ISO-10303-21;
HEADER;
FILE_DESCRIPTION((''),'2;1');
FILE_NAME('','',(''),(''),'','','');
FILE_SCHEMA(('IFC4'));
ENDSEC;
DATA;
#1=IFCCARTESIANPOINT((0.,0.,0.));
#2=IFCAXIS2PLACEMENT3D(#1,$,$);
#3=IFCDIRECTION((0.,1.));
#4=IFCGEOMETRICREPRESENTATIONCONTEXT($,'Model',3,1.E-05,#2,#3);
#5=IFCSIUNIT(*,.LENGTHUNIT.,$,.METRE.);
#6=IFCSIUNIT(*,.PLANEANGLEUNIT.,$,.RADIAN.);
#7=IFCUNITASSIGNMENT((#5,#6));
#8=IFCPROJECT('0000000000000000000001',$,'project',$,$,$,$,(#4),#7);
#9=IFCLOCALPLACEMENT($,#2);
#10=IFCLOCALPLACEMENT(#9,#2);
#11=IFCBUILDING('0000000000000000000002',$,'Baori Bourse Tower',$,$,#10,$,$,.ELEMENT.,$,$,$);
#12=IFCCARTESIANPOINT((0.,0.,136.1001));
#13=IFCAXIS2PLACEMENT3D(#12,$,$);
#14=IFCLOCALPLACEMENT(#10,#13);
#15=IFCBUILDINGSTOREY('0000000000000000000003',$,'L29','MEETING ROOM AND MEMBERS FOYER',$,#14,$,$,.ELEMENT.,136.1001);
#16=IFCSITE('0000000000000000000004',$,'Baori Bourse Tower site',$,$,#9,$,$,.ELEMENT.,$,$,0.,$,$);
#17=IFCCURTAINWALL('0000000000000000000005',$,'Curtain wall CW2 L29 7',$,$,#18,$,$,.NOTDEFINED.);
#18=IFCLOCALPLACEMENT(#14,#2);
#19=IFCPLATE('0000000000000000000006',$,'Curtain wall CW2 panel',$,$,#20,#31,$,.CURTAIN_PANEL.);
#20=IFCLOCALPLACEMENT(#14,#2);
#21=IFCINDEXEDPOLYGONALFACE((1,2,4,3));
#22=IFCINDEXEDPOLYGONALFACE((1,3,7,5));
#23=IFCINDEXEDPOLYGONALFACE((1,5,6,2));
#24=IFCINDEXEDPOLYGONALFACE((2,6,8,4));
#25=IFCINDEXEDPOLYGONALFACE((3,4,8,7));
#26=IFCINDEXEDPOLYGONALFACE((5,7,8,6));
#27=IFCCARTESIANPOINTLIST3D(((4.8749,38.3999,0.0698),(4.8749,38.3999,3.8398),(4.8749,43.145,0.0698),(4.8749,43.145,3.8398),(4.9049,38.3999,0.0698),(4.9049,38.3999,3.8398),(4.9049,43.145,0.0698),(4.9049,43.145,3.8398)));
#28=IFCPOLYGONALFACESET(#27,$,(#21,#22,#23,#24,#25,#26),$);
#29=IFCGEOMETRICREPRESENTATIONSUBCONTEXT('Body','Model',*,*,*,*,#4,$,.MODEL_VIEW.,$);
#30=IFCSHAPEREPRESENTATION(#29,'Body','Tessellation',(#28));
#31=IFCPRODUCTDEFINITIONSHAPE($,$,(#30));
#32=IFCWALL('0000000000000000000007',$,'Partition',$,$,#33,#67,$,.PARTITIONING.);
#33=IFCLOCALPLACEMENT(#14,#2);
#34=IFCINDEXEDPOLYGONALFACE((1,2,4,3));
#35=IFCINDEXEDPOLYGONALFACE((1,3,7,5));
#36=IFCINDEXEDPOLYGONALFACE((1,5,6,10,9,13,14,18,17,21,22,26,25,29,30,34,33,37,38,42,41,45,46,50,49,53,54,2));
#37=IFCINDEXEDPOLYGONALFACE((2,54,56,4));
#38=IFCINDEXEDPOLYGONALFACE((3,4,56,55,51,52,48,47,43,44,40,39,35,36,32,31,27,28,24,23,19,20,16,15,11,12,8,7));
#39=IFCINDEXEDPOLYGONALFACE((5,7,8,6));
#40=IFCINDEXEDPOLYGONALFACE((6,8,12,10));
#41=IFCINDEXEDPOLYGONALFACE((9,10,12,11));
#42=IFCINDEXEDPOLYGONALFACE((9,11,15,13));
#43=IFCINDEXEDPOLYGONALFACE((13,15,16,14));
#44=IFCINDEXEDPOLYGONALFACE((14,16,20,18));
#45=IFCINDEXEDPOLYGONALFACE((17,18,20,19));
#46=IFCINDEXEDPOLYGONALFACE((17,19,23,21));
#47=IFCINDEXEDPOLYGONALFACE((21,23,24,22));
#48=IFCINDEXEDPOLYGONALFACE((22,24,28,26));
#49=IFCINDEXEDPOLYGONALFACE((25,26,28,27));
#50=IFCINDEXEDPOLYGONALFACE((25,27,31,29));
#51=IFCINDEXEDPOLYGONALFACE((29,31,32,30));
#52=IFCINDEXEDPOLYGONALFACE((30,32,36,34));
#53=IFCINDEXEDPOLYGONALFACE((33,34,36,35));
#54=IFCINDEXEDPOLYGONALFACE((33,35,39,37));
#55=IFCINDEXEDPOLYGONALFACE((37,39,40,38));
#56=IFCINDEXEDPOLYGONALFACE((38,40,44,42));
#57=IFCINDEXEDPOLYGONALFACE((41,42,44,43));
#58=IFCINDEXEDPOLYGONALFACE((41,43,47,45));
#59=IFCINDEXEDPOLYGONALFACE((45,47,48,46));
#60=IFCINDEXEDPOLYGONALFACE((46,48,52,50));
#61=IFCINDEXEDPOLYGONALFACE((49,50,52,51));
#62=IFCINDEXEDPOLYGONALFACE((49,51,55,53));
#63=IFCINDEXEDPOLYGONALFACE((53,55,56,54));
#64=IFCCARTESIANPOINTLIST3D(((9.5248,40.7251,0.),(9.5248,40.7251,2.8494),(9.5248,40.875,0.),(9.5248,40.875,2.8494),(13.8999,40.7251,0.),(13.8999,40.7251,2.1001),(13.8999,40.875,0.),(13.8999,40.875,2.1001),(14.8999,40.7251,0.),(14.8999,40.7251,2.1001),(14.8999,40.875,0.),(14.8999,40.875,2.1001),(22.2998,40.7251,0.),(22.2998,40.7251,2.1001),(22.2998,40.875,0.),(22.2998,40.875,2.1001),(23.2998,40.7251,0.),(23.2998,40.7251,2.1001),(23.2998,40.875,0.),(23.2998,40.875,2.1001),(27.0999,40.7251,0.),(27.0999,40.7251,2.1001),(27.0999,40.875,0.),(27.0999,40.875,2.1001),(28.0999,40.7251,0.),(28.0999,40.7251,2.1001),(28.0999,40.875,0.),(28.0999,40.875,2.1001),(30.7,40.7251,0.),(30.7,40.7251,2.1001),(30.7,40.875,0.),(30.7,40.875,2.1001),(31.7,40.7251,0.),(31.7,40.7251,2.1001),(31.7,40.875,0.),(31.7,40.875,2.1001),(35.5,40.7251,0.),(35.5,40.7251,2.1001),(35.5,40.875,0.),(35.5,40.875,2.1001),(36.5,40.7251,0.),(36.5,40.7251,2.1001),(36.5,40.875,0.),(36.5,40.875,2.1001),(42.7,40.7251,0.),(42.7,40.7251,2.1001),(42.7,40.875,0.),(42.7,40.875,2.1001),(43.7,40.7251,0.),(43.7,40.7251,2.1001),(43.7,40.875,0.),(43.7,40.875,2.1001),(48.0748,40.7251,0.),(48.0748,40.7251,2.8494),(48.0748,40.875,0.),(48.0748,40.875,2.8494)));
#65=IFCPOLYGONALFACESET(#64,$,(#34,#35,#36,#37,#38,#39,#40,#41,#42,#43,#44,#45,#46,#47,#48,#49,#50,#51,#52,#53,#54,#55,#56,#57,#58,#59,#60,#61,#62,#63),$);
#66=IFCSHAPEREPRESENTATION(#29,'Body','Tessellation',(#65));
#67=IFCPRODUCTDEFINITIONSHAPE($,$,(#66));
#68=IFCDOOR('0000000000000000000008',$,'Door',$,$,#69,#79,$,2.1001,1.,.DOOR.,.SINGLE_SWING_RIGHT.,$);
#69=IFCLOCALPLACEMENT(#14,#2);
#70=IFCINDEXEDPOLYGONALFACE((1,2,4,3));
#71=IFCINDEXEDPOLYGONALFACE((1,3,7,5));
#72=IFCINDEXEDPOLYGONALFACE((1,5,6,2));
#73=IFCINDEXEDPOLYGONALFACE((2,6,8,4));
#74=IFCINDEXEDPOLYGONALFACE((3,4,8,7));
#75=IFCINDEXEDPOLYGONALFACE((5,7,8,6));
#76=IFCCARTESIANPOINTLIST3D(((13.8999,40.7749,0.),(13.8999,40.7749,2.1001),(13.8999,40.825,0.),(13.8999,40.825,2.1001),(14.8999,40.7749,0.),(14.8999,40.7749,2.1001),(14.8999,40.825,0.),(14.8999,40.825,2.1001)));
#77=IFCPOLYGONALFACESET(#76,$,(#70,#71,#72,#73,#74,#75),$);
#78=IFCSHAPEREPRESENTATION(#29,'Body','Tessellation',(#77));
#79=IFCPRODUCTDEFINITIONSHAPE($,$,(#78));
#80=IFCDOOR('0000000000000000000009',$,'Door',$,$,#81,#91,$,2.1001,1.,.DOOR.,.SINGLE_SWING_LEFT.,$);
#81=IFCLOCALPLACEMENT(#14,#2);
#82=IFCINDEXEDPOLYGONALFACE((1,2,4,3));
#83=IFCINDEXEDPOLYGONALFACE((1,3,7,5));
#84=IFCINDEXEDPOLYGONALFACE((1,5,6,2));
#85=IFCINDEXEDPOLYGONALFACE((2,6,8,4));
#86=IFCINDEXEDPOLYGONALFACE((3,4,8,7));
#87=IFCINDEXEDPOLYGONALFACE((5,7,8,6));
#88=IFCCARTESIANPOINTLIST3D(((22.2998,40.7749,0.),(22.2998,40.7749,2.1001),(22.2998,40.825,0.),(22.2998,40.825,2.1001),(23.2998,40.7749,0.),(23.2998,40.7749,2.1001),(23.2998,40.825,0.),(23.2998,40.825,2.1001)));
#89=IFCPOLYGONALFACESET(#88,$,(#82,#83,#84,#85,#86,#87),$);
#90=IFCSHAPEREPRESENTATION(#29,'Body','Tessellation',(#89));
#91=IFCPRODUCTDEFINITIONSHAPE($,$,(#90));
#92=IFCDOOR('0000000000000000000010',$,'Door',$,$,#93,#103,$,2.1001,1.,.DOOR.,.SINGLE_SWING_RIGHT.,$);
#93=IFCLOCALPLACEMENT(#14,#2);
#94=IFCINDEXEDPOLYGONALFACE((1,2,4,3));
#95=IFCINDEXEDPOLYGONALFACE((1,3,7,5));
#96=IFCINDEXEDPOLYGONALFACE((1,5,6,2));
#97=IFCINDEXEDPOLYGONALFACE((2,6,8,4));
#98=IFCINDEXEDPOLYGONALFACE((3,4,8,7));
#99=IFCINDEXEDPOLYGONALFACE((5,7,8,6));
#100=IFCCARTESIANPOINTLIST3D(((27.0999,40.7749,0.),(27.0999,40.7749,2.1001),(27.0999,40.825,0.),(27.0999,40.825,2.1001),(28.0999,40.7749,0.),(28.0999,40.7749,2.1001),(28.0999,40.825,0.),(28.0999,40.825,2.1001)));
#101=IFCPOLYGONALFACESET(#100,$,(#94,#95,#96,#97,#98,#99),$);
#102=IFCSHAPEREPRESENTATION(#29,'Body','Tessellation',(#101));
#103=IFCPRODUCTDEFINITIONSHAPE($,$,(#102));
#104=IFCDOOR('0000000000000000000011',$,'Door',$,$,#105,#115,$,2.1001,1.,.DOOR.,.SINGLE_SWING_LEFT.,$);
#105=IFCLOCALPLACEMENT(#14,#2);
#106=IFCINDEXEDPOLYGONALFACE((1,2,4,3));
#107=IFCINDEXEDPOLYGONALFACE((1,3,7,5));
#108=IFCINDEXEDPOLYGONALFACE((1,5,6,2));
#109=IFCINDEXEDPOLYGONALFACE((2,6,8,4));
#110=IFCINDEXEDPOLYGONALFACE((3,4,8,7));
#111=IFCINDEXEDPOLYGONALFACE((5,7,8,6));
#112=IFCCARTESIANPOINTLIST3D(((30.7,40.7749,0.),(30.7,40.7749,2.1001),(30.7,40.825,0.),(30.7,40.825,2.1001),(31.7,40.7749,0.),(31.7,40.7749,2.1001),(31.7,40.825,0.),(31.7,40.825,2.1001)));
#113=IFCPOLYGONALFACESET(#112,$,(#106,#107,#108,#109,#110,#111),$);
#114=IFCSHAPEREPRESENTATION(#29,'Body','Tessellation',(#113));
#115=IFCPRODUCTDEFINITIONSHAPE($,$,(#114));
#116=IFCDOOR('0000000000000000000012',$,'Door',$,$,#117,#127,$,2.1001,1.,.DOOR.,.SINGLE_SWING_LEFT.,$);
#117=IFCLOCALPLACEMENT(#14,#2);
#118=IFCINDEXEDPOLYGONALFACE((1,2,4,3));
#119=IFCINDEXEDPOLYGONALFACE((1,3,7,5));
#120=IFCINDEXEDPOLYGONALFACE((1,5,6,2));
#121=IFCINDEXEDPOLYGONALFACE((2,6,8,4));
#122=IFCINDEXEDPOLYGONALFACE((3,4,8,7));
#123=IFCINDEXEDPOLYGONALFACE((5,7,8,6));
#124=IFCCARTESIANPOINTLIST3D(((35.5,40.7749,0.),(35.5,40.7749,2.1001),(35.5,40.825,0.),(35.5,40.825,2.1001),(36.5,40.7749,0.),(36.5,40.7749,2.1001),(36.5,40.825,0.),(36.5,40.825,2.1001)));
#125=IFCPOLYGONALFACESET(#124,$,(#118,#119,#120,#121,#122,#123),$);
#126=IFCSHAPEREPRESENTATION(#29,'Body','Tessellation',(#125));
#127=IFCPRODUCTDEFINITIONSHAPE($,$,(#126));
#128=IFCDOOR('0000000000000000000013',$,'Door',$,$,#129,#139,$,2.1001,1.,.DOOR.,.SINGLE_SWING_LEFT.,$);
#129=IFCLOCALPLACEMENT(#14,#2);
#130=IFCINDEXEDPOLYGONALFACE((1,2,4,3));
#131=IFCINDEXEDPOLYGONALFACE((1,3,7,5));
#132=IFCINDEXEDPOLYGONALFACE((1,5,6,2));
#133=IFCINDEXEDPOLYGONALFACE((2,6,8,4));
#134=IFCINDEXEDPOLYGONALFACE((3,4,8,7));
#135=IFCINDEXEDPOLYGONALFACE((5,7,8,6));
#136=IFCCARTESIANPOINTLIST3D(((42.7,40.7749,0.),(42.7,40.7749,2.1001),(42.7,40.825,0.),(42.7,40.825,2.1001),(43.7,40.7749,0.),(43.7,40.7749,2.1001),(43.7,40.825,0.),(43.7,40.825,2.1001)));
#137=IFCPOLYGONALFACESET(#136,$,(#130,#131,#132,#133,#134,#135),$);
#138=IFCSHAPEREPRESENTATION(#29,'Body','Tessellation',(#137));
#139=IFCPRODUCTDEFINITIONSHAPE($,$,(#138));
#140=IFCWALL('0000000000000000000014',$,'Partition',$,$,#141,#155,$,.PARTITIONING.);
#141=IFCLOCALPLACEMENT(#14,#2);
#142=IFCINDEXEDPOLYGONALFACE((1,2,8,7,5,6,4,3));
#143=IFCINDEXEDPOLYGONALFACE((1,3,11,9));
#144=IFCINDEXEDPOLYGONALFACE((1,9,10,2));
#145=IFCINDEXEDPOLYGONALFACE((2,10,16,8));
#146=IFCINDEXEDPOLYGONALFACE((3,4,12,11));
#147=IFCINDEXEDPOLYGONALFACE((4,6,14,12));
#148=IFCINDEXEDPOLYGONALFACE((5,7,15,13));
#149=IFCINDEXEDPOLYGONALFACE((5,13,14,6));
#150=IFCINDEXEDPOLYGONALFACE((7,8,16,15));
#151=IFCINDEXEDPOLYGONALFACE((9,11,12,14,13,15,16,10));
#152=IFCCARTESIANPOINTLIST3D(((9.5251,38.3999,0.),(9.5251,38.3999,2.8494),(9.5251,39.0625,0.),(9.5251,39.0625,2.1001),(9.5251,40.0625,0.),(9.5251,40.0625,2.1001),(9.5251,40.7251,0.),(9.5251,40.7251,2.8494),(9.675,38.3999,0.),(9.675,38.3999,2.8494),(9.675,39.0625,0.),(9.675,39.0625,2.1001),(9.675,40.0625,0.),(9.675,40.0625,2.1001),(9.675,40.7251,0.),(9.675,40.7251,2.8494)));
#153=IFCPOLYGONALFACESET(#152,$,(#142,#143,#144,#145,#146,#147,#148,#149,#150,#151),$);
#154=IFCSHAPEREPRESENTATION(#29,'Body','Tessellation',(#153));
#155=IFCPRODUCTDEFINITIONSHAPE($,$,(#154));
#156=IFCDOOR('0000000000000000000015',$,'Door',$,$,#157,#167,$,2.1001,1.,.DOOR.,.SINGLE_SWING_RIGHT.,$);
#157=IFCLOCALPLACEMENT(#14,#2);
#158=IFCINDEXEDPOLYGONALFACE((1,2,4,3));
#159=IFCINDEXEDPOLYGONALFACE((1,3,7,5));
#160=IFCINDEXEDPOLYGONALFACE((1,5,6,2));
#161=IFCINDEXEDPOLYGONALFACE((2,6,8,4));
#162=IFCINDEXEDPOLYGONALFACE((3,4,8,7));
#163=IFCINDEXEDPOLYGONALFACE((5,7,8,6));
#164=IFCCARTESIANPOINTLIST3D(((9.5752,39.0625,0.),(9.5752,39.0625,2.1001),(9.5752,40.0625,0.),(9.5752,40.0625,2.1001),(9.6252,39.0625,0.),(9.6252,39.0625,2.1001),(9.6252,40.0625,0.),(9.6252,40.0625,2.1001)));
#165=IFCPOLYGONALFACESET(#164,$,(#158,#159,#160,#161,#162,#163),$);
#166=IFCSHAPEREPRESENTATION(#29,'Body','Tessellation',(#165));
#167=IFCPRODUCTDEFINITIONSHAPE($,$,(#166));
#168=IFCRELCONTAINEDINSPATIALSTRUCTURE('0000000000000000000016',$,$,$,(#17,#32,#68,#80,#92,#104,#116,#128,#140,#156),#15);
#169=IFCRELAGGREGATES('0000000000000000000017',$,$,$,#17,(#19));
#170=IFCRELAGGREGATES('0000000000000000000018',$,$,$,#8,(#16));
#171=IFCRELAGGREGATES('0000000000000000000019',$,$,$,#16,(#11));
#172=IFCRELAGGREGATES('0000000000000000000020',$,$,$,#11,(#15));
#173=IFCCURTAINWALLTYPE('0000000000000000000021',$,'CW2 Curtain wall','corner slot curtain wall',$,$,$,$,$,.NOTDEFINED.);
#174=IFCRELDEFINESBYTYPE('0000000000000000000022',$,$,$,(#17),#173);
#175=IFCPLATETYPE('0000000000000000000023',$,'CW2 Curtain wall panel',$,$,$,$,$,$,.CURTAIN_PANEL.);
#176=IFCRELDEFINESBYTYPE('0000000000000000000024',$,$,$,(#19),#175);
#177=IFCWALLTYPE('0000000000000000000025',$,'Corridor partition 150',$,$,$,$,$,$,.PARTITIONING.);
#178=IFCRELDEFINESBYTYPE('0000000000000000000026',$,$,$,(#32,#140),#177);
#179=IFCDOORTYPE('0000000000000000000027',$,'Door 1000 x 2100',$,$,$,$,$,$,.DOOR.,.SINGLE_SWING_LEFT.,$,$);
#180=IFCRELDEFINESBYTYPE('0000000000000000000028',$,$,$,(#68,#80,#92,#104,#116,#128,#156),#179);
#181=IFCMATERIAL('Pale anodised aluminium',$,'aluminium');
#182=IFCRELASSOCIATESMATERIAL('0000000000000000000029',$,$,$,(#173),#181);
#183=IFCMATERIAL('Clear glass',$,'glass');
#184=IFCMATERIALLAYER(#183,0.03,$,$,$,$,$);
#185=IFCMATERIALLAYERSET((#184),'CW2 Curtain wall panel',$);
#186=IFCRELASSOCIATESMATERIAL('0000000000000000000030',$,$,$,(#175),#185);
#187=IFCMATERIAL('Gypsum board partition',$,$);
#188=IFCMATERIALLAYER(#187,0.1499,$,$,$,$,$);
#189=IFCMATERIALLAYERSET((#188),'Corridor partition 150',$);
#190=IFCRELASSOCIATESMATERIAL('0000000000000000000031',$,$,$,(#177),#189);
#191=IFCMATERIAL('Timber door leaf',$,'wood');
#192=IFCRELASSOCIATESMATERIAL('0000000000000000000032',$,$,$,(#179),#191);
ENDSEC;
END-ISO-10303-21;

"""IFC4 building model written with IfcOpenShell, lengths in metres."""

from ifc_helpers import new_model, si_unit, direction, frame, frame_2d, origin, origin_2d, place, context, subcontext, project, spatial, rectangle, extrude, material, layer, layer_set, type_object, element, fill, aggregate, save


model = new_model("IFC4")

# Units and contexts
model_context = context("Model", 3, precision=1e-05, world=origin(), true_north=direction((0.0, 1.0)))
body_context = subcontext(model_context, "Body", "Model", "MODEL_VIEW")
ifc_project = project(units=[si_unit("LENGTHUNIT", "METRE"), si_unit("PLANEANGLEUNIT", "RADIAN")], contexts=[model_context])

# Site, building, storey
site_placement = place(None, origin())
site = spatial("IfcSite", under=ifc_project, at=site_placement, Name="Baori Bourse Tower site", CompositionType="ELEMENT", RefElevation=0.0)
building_placement = place(site_placement, origin())
building = spatial("IfcBuilding", under=site, at=building_placement, Name="Baori Bourse Tower", CompositionType="ELEMENT")
storey_placement = place(building_placement, frame((0.0, 0.0, 136.1001)))
storey = spatial("IfcBuildingStorey", under=building, at=storey_placement, Name="L29", Description="MEETING ROOM AND MEMBERS FOYER", CompositionType="ELEMENT", Elevation=136.1001)

# Curtain wall
ifc_material_1 = material(Name="Pale anodised aluminium", Category="aluminium")
curtain_wall_type = type_object("IfcCurtainWallType", Name="CW2 Curtain wall", Description="corner slot curtain wall", PredefinedType="NOTDEFINED", material=ifc_material_1)
curtain_wall_1_placement = place(storey_placement, origin())
curtain_wall_1 = element("IfcCurtainWall", 1, at=curtain_wall_1_placement, inside=storey, type_object=curtain_wall_type, Name="Curtain wall CW2 L29 7", PredefinedType="NOTDEFINED")

# Plate
ifc_material_2 = material(Name="Clear glass", Category="glass")
ifc_layer_1 = layer(ifc_material_2, 0.03)
ifc_layer_set_1 = layer_set([ifc_layer_1], Name="CW2 Curtain wall panel")
plate_type = type_object("IfcPlateType", Name="CW2 Curtain wall panel", PredefinedType="CURTAIN_PANEL", material=ifc_layer_set_1)
plate_1_placement = place(storey_placement, frame((4.8899, 40.7725, 0.0698), z_axis=(0.0, 0.0, 1.0), x_axis=(0.0, -1.0, 0.0)))
plate_1 = element("IfcPlate", 2, at=plate_1_placement, type_object=plate_type, Name="Curtain wall CW2 panel", PredefinedType="CURTAIN_PANEL", context=body_context, shape_type="SweptSolid", body=[
    extrude(rectangle(XDim=4.7451, YDim=0.03, at=origin_2d()), origin(), (0.0, 0.0, 1.0), 3.77),
])
aggregate(curtain_wall_1, [plate_1])

# Wall, openings, doors
ifc_material_3 = material(Name="Gypsum board partition")
ifc_layer_2 = layer(ifc_material_3, 0.1499)
ifc_layer_set_2 = layer_set([ifc_layer_2], Name="Corridor partition 150")
wall_type_1 = type_object("IfcWallType", Name="Corridor partition 150", PredefinedType="PARTITIONING", material=ifc_layer_set_2)
wall_1_placement = place(storey_placement, frame((9.5249, 40.8, 0.0), z_axis=(0.0, 0.0, 1.0), x_axis=(1.0, 0.0, 0.0)))
wall_1 = element("IfcWall", 3, at=wall_1_placement, inside=storey, type_object=wall_type_1, Name="Partition", PredefinedType="PARTITIONING", context=body_context, shape_type="SweptSolid", body=[
    extrude(rectangle(XDim=38.55, YDim=0.1499, at=frame_2d((19.2749, 0.0))), origin(), (0.0, 0.0, 1.0), 2.8494),
])
opening_1_placement = place(wall_1_placement, frame((4.375, 0.0, 0.0)))
opening_1 = element("IfcOpeningElement", 4, at=opening_1_placement, cuts=wall_1, PredefinedType="OPENING", context=body_context, shape_type="SweptSolid", body=[
    extrude(rectangle(XDim=1.0, YDim=2.1001, at=frame_2d((0.5, 1.05))), frame((0.0, 0.085, 0.0), z_axis=(0.0, -1.0, 0.0), x_axis=(1.0, 0.0, 0.0)), (0.0, 0.0, 1.0), 0.1699),
])
opening_2_placement = place(wall_1_placement, frame((12.7749, 0.0, 0.0)))
opening_2 = element("IfcOpeningElement", 5, at=opening_2_placement, cuts=wall_1, PredefinedType="OPENING", context=body_context, shape_type="SweptSolid", body=[
    extrude(rectangle(XDim=1.0, YDim=2.1001, at=frame_2d((0.5, 1.05))), frame((0.0, 0.085, 0.0), z_axis=(0.0, -1.0, 0.0), x_axis=(1.0, 0.0, 0.0)), (0.0, 0.0, 1.0), 0.1699),
])
opening_3_placement = place(wall_1_placement, frame((17.575, 0.0, 0.0)))
opening_3 = element("IfcOpeningElement", 6, at=opening_3_placement, cuts=wall_1, PredefinedType="OPENING", context=body_context, shape_type="SweptSolid", body=[
    extrude(rectangle(XDim=1.0, YDim=2.1001, at=frame_2d((0.5, 1.05))), frame((0.0, 0.085, 0.0), z_axis=(0.0, -1.0, 0.0), x_axis=(1.0, 0.0, 0.0)), (0.0, 0.0, 1.0), 0.1699),
])
opening_4_placement = place(wall_1_placement, frame((21.175, 0.0, 0.0)))
opening_4 = element("IfcOpeningElement", 7, at=opening_4_placement, cuts=wall_1, PredefinedType="OPENING", context=body_context, shape_type="SweptSolid", body=[
    extrude(rectangle(XDim=1.0, YDim=2.1001, at=frame_2d((0.5, 1.05))), frame((0.0, 0.085, 0.0), z_axis=(0.0, -1.0, 0.0), x_axis=(1.0, 0.0, 0.0)), (0.0, 0.0, 1.0), 0.1699),
])
opening_5_placement = place(wall_1_placement, frame((25.9751, 0.0, 0.0)))
opening_5 = element("IfcOpeningElement", 8, at=opening_5_placement, cuts=wall_1, PredefinedType="OPENING", context=body_context, shape_type="SweptSolid", body=[
    extrude(rectangle(XDim=1.0, YDim=2.1001, at=frame_2d((0.5, 1.05))), frame((0.0, 0.085, 0.0), z_axis=(0.0, -1.0, 0.0), x_axis=(1.0, 0.0, 0.0)), (0.0, 0.0, 1.0), 0.1699),
])
opening_6_placement = place(wall_1_placement, frame((33.175, 0.0, 0.0)))
opening_6 = element("IfcOpeningElement", 9, at=opening_6_placement, cuts=wall_1, PredefinedType="OPENING", context=body_context, shape_type="SweptSolid", body=[
    extrude(rectangle(XDim=1.0, YDim=2.1001, at=frame_2d((0.5, 1.05))), frame((0.0, 0.085, 0.0), z_axis=(0.0, -1.0, 0.0), x_axis=(1.0, 0.0, 0.0)), (0.0, 0.0, 1.0), 0.1699),
])
ifc_material_4 = material(Name="Timber door leaf", Category="wood")
door_type = type_object("IfcDoorType", Name="Door 1000 x 2100", OperationType="SINGLE_SWING_LEFT", PredefinedType="DOOR", material=ifc_material_4)
door_1_placement = place(opening_1_placement, origin())
door_1 = element("IfcDoor", 10, at=door_1_placement, inside=storey, type_object=door_type, Name="Door", OperationType="SINGLE_SWING_RIGHT", OverallHeight=2.1001, OverallWidth=1.0, PredefinedType="DOOR", context=body_context, shape_type="SweptSolid", body=[
    extrude(rectangle(XDim=1.0, YDim=2.1001, at=frame_2d((0.5, 1.05))), frame((0.0, 0.0249, 0.0), z_axis=(0.0, -1.0, 0.0), x_axis=(1.0, 0.0, 0.0)), (0.0, 0.0, 1.0), 0.05),
])
fill(opening_1, door_1)
door_2_placement = place(opening_2_placement, origin())
door_2 = element("IfcDoor", 11, at=door_2_placement, inside=storey, type_object=door_type, Name="Door", OperationType="SINGLE_SWING_LEFT", OverallHeight=2.1001, OverallWidth=1.0, PredefinedType="DOOR", context=body_context, shape_type="SweptSolid", body=[
    extrude(rectangle(XDim=1.0, YDim=2.1001, at=frame_2d((0.5, 1.05))), frame((0.0, 0.0249, 0.0), z_axis=(0.0, -1.0, 0.0), x_axis=(1.0, 0.0, 0.0)), (0.0, 0.0, 1.0), 0.05),
])
fill(opening_2, door_2)
door_3_placement = place(opening_3_placement, origin())
door_3 = element("IfcDoor", 12, at=door_3_placement, inside=storey, type_object=door_type, Name="Door", OperationType="SINGLE_SWING_RIGHT", OverallHeight=2.1001, OverallWidth=1.0, PredefinedType="DOOR", context=body_context, shape_type="SweptSolid", body=[
    extrude(rectangle(XDim=1.0, YDim=2.1001, at=frame_2d((0.5, 1.05))), frame((0.0, 0.0249, 0.0), z_axis=(0.0, -1.0, 0.0), x_axis=(1.0, 0.0, 0.0)), (0.0, 0.0, 1.0), 0.05),
])
fill(opening_3, door_3)
door_4_placement = place(opening_4_placement, origin())
door_4 = element("IfcDoor", 13, at=door_4_placement, inside=storey, type_object=door_type, Name="Door", OperationType="SINGLE_SWING_LEFT", OverallHeight=2.1001, OverallWidth=1.0, PredefinedType="DOOR", context=body_context, shape_type="SweptSolid", body=[
    extrude(rectangle(XDim=1.0, YDim=2.1001, at=frame_2d((0.5, 1.05))), frame((0.0, 0.0249, 0.0), z_axis=(0.0, -1.0, 0.0), x_axis=(1.0, 0.0, 0.0)), (0.0, 0.0, 1.0), 0.05),
])
fill(opening_4, door_4)
door_5_placement = place(opening_5_placement, origin())
door_5 = element("IfcDoor", 14, at=door_5_placement, inside=storey, type_object=door_type, Name="Door", OperationType="SINGLE_SWING_LEFT", OverallHeight=2.1001, OverallWidth=1.0, PredefinedType="DOOR", context=body_context, shape_type="SweptSolid", body=[
    extrude(rectangle(XDim=1.0, YDim=2.1001, at=frame_2d((0.5, 1.05))), frame((0.0, 0.0249, 0.0), z_axis=(0.0, -1.0, 0.0), x_axis=(1.0, 0.0, 0.0)), (0.0, 0.0, 1.0), 0.05),
])
fill(opening_5, door_5)
door_6_placement = place(opening_6_placement, origin())
door_6 = element("IfcDoor", 15, at=door_6_placement, inside=storey, type_object=door_type, Name="Door", OperationType="SINGLE_SWING_LEFT", OverallHeight=2.1001, OverallWidth=1.0, PredefinedType="DOOR", context=body_context, shape_type="SweptSolid", body=[
    extrude(rectangle(XDim=1.0, YDim=2.1001, at=frame_2d((0.5, 1.05))), frame((0.0, 0.0249, 0.0), z_axis=(0.0, -1.0, 0.0), x_axis=(1.0, 0.0, 0.0)), (0.0, 0.0, 1.0), 0.05),
])
fill(opening_6, door_6)

# Wall, opening, door
wall_2_placement = place(storey_placement, frame((9.6001, 38.3999, 0.0), z_axis=(0.0, 0.0, 1.0), x_axis=(0.0, 1.0, 0.0)))
wall_2 = element("IfcWall", 16, at=wall_2_placement, inside=storey, type_object=wall_type_1, Name="Partition", PredefinedType="PARTITIONING", context=body_context, shape_type="SweptSolid", body=[
    extrude(rectangle(XDim=2.3252, YDim=0.1499, at=frame_2d((1.1626, 0.0))), origin(), (0.0, 0.0, 1.0), 2.8494),
])
opening_7_placement = place(wall_2_placement, frame((0.6626, 0.0, 0.0)))
opening_7 = element("IfcOpeningElement", 17, at=opening_7_placement, cuts=wall_2, PredefinedType="OPENING", context=body_context, shape_type="SweptSolid", body=[
    extrude(rectangle(XDim=1.0, YDim=2.1001, at=frame_2d((0.5, 1.05))), frame((0.0, 0.085, 0.0), z_axis=(0.0, -1.0, 0.0), x_axis=(1.0, 0.0, 0.0)), (0.0, 0.0, 1.0), 0.1699),
])
door_7_placement = place(opening_7_placement, origin())
door_7 = element("IfcDoor", 18, at=door_7_placement, inside=storey, type_object=door_type, Name="Door", OperationType="SINGLE_SWING_RIGHT", OverallHeight=2.1001, OverallWidth=1.0, PredefinedType="DOOR", context=body_context, shape_type="SweptSolid", body=[
    extrude(rectangle(XDim=1.0, YDim=2.1001, at=frame_2d((0.5, 1.05))), frame((0.0, 0.0249, 0.0), z_axis=(0.0, -1.0, 0.0), x_axis=(1.0, 0.0, 0.0)), (0.0, 0.0, 1.0), 0.05),
])
fill(opening_7, door_7)

save(model, "model.ifc")
